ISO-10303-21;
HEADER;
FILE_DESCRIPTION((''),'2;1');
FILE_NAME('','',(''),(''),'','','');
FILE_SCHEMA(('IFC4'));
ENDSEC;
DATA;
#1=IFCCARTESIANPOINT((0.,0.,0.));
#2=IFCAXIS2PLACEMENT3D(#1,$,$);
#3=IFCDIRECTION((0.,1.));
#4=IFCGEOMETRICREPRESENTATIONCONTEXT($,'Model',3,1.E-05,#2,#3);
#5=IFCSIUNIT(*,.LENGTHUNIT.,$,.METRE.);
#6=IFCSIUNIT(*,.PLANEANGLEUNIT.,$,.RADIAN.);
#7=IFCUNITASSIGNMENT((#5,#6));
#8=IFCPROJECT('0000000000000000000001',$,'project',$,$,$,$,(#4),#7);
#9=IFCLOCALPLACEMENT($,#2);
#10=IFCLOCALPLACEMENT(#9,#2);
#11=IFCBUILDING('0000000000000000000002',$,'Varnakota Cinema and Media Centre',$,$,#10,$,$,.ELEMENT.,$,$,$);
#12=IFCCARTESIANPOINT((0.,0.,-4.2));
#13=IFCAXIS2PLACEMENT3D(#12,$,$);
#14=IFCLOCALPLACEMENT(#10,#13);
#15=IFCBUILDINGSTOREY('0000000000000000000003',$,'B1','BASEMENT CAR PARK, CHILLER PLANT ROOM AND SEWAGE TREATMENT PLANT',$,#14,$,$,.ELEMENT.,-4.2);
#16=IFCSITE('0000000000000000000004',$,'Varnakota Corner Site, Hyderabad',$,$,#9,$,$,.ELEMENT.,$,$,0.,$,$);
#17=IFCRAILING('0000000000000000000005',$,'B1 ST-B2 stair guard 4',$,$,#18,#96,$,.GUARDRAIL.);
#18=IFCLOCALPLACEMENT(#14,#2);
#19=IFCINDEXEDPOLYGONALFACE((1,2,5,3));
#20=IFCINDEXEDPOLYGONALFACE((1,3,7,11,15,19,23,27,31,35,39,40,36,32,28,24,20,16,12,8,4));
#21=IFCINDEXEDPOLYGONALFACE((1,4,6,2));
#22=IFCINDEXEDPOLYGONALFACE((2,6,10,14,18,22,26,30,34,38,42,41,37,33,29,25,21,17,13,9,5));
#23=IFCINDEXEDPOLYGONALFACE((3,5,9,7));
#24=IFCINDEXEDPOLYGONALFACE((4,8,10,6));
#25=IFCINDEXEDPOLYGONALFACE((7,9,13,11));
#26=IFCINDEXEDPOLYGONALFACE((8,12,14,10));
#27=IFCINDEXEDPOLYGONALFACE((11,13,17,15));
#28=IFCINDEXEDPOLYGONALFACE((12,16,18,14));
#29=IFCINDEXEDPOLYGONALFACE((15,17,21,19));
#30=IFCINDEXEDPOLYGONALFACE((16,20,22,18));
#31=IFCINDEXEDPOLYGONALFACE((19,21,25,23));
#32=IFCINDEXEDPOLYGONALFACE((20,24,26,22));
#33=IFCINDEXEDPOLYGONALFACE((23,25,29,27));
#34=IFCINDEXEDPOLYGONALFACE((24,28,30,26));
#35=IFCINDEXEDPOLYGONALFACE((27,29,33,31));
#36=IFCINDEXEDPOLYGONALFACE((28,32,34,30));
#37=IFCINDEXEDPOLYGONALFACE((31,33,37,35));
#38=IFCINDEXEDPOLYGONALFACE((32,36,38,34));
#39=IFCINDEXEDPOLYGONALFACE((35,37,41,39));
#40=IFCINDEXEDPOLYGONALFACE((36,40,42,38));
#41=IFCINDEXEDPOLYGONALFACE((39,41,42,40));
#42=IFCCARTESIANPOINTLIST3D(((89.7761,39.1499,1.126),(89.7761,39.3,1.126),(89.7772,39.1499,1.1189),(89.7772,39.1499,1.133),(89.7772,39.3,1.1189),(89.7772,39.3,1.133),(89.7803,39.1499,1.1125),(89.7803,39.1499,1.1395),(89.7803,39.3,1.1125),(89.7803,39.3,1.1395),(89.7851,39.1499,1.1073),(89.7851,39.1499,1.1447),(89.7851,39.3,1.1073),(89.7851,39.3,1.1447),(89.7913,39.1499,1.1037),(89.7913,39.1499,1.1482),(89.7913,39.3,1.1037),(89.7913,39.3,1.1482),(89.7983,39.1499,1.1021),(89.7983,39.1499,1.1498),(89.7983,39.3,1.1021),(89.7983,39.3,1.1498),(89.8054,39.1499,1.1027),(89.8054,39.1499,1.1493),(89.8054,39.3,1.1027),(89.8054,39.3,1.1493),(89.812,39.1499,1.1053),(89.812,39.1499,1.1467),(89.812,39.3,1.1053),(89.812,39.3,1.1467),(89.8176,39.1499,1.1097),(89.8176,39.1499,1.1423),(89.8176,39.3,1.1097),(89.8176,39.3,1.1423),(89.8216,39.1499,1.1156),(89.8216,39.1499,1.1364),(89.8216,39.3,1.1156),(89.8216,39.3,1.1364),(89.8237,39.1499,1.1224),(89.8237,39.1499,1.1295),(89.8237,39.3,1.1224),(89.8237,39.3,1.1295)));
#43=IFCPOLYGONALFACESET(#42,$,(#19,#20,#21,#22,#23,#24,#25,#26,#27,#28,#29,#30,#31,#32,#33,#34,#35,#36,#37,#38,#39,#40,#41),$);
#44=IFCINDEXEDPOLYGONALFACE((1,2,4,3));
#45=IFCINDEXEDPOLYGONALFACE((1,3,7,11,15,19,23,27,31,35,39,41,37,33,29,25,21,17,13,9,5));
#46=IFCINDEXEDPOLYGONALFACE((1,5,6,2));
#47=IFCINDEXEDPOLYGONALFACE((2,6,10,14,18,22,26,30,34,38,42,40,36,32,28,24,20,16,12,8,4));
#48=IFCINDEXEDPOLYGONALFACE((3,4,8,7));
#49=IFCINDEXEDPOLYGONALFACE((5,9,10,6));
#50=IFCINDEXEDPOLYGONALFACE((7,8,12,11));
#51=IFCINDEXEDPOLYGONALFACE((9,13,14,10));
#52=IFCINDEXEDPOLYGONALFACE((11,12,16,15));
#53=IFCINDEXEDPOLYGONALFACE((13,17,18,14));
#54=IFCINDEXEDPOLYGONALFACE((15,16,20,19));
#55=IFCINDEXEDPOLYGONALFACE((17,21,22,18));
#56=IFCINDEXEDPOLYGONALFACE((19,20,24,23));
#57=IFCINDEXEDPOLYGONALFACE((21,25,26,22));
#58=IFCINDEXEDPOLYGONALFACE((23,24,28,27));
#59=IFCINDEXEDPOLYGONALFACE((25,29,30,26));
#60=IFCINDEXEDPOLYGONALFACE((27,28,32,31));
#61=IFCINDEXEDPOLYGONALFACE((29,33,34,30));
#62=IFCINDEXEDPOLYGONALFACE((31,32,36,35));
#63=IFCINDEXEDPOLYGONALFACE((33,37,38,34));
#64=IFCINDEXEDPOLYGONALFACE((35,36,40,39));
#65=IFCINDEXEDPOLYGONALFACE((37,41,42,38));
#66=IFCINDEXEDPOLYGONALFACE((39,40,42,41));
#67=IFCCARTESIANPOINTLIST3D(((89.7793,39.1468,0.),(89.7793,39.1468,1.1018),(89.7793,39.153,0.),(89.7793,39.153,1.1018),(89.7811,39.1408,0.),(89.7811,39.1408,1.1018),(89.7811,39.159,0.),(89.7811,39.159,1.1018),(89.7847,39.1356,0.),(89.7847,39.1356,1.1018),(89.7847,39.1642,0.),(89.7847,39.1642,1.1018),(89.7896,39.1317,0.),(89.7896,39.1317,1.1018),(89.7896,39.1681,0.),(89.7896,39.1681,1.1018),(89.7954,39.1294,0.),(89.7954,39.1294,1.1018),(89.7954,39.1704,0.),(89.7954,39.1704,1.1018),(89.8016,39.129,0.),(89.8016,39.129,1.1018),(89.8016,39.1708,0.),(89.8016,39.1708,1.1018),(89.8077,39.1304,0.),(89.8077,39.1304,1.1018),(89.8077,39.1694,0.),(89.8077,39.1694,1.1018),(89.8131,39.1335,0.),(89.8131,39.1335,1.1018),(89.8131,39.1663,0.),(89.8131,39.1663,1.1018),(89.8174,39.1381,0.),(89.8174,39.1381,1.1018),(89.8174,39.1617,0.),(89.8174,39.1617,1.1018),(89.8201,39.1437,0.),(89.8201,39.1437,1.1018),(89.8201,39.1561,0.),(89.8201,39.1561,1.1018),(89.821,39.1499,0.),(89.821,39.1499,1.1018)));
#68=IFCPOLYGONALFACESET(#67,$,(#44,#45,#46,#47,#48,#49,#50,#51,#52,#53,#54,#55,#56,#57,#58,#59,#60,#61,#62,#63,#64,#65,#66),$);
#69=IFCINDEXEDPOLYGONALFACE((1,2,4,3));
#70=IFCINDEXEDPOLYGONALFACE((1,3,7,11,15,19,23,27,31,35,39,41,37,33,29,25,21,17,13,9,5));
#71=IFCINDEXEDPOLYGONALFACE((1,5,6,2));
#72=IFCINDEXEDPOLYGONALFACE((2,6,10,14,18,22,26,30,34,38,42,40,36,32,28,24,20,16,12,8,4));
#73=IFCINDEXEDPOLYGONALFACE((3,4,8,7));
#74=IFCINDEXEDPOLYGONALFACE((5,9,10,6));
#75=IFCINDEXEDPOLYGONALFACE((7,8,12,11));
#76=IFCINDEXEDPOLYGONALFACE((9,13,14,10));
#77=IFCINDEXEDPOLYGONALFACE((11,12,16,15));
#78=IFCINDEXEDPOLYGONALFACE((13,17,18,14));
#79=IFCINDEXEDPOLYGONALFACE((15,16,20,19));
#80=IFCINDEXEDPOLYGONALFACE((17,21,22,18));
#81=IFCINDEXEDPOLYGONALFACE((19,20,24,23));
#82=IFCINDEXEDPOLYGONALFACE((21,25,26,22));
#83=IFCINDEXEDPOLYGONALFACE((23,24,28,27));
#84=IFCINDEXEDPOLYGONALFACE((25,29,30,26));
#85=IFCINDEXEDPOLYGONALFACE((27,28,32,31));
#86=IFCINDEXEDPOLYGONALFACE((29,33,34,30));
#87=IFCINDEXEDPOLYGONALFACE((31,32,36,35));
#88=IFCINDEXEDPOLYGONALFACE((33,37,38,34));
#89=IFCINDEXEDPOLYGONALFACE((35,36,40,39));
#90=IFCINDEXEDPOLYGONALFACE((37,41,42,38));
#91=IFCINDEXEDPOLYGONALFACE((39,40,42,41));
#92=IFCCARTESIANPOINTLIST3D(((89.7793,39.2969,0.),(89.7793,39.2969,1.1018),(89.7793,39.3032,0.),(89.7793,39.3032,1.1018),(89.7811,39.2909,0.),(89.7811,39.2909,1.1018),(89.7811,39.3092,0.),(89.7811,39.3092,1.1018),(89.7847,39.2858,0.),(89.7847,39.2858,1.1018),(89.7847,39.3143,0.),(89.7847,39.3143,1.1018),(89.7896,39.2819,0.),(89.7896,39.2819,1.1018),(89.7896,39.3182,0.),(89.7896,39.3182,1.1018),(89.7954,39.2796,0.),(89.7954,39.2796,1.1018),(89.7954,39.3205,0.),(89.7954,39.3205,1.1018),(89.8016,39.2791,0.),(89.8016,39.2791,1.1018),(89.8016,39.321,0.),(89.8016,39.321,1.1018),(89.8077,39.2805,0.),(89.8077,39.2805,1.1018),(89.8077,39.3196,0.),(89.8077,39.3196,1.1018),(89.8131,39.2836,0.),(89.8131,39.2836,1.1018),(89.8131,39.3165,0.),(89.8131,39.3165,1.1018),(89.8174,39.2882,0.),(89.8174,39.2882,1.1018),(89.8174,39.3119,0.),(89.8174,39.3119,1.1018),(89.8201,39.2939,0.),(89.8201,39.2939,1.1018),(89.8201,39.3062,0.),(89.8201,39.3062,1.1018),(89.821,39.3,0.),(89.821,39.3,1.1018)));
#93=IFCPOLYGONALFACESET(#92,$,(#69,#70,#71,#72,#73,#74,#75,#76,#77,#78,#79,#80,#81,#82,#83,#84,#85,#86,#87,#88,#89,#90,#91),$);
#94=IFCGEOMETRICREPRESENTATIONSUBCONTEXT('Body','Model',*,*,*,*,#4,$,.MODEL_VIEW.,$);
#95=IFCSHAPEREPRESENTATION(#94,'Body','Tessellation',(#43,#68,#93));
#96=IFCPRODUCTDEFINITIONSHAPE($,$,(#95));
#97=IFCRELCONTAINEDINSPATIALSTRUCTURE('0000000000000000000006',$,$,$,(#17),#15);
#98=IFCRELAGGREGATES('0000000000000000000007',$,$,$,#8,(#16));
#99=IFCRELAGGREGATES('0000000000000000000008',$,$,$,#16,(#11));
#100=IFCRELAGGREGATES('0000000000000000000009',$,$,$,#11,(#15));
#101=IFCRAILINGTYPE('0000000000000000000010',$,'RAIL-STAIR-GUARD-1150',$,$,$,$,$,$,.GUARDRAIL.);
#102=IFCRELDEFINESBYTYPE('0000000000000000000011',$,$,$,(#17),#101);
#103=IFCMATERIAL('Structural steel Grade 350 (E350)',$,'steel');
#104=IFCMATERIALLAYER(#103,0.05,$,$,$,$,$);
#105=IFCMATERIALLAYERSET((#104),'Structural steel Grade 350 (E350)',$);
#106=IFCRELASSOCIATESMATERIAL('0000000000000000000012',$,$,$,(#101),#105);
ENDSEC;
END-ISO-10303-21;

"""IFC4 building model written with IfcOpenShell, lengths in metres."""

from ifc_helpers import new_model, si_unit, direction, frame, origin, origin_2d, place, context, subcontext, project, spatial, circle, extrude, material, layer, layer_set, type_object, element, save


model = new_model("IFC4")

# Units and contexts
model_context = context("Model", 3, precision=1e-05, world=origin(), true_north=direction((0.0, 1.0)))
body_context = subcontext(model_context, "Body", "Model", "MODEL_VIEW")
ifc_project = project(units=[si_unit("LENGTHUNIT", "METRE"), si_unit("PLANEANGLEUNIT", "RADIAN")], contexts=[model_context])

# Site, building, storey
site_placement = place(None, origin())
site = spatial("IfcSite", under=ifc_project, at=site_placement, Name="Varnakota Corner Site, Hyderabad", CompositionType="ELEMENT", RefElevation=0.0)
building_placement = place(site_placement, origin())
building = spatial("IfcBuilding", under=site, at=building_placement, Name="Varnakota Cinema and Media Centre", CompositionType="ELEMENT")
storey_placement = place(building_placement, frame((0.0, 0.0, -4.2)))
storey = spatial("IfcBuildingStorey", under=building, at=storey_placement, Name="B1", Description="BASEMENT CAR PARK, CHILLER PLANT ROOM AND SEWAGE TREATMENT PLANT", CompositionType="ELEMENT", Elevation=-4.2)

# Railing
ifc_material_1 = material(Name="Structural steel Grade 350 (E350)", Category="steel")
ifc_layer_1 = layer(ifc_material_1, 0.05)
ifc_layer_set_1 = layer_set([ifc_layer_1], Name="Structural steel Grade 350 (E350)")
railing_type_1 = type_object("IfcRailingType", Name="RAIL-STAIR-GUARD-1150", PredefinedType="GUARDRAIL", material=ifc_layer_set_1)
railing_1_placement = place(storey_placement, frame((89.8, 39.1499, 0.0)))
element("IfcRailing", 1, at=railing_1_placement, inside=storey, type_object=railing_type_1, Name="B1 ST-B2 stair guard 4", PredefinedType="GUARDRAIL", context=body_context, shape_type="SweptSolid", body=[
    extrude(circle(Radius=0.0239, at=origin_2d()), frame((0.0, 0.0, 1.126), z_axis=(0.0, 1.0, 0.0), x_axis=(-1.0, 0.0, 0.0)), (0.0, 0.0, 1.0), 0.1501),
    extrude(circle(Radius=0.021, at=origin_2d()), origin(), (0.0, 0.0, 1.0), 1.1018),
    extrude(circle(Radius=0.021, at=origin_2d()), frame((0.0, 0.1501, 0.0)), (0.0, 0.0, 1.0), 1.1018),
])

save(model, "model.ifc")
